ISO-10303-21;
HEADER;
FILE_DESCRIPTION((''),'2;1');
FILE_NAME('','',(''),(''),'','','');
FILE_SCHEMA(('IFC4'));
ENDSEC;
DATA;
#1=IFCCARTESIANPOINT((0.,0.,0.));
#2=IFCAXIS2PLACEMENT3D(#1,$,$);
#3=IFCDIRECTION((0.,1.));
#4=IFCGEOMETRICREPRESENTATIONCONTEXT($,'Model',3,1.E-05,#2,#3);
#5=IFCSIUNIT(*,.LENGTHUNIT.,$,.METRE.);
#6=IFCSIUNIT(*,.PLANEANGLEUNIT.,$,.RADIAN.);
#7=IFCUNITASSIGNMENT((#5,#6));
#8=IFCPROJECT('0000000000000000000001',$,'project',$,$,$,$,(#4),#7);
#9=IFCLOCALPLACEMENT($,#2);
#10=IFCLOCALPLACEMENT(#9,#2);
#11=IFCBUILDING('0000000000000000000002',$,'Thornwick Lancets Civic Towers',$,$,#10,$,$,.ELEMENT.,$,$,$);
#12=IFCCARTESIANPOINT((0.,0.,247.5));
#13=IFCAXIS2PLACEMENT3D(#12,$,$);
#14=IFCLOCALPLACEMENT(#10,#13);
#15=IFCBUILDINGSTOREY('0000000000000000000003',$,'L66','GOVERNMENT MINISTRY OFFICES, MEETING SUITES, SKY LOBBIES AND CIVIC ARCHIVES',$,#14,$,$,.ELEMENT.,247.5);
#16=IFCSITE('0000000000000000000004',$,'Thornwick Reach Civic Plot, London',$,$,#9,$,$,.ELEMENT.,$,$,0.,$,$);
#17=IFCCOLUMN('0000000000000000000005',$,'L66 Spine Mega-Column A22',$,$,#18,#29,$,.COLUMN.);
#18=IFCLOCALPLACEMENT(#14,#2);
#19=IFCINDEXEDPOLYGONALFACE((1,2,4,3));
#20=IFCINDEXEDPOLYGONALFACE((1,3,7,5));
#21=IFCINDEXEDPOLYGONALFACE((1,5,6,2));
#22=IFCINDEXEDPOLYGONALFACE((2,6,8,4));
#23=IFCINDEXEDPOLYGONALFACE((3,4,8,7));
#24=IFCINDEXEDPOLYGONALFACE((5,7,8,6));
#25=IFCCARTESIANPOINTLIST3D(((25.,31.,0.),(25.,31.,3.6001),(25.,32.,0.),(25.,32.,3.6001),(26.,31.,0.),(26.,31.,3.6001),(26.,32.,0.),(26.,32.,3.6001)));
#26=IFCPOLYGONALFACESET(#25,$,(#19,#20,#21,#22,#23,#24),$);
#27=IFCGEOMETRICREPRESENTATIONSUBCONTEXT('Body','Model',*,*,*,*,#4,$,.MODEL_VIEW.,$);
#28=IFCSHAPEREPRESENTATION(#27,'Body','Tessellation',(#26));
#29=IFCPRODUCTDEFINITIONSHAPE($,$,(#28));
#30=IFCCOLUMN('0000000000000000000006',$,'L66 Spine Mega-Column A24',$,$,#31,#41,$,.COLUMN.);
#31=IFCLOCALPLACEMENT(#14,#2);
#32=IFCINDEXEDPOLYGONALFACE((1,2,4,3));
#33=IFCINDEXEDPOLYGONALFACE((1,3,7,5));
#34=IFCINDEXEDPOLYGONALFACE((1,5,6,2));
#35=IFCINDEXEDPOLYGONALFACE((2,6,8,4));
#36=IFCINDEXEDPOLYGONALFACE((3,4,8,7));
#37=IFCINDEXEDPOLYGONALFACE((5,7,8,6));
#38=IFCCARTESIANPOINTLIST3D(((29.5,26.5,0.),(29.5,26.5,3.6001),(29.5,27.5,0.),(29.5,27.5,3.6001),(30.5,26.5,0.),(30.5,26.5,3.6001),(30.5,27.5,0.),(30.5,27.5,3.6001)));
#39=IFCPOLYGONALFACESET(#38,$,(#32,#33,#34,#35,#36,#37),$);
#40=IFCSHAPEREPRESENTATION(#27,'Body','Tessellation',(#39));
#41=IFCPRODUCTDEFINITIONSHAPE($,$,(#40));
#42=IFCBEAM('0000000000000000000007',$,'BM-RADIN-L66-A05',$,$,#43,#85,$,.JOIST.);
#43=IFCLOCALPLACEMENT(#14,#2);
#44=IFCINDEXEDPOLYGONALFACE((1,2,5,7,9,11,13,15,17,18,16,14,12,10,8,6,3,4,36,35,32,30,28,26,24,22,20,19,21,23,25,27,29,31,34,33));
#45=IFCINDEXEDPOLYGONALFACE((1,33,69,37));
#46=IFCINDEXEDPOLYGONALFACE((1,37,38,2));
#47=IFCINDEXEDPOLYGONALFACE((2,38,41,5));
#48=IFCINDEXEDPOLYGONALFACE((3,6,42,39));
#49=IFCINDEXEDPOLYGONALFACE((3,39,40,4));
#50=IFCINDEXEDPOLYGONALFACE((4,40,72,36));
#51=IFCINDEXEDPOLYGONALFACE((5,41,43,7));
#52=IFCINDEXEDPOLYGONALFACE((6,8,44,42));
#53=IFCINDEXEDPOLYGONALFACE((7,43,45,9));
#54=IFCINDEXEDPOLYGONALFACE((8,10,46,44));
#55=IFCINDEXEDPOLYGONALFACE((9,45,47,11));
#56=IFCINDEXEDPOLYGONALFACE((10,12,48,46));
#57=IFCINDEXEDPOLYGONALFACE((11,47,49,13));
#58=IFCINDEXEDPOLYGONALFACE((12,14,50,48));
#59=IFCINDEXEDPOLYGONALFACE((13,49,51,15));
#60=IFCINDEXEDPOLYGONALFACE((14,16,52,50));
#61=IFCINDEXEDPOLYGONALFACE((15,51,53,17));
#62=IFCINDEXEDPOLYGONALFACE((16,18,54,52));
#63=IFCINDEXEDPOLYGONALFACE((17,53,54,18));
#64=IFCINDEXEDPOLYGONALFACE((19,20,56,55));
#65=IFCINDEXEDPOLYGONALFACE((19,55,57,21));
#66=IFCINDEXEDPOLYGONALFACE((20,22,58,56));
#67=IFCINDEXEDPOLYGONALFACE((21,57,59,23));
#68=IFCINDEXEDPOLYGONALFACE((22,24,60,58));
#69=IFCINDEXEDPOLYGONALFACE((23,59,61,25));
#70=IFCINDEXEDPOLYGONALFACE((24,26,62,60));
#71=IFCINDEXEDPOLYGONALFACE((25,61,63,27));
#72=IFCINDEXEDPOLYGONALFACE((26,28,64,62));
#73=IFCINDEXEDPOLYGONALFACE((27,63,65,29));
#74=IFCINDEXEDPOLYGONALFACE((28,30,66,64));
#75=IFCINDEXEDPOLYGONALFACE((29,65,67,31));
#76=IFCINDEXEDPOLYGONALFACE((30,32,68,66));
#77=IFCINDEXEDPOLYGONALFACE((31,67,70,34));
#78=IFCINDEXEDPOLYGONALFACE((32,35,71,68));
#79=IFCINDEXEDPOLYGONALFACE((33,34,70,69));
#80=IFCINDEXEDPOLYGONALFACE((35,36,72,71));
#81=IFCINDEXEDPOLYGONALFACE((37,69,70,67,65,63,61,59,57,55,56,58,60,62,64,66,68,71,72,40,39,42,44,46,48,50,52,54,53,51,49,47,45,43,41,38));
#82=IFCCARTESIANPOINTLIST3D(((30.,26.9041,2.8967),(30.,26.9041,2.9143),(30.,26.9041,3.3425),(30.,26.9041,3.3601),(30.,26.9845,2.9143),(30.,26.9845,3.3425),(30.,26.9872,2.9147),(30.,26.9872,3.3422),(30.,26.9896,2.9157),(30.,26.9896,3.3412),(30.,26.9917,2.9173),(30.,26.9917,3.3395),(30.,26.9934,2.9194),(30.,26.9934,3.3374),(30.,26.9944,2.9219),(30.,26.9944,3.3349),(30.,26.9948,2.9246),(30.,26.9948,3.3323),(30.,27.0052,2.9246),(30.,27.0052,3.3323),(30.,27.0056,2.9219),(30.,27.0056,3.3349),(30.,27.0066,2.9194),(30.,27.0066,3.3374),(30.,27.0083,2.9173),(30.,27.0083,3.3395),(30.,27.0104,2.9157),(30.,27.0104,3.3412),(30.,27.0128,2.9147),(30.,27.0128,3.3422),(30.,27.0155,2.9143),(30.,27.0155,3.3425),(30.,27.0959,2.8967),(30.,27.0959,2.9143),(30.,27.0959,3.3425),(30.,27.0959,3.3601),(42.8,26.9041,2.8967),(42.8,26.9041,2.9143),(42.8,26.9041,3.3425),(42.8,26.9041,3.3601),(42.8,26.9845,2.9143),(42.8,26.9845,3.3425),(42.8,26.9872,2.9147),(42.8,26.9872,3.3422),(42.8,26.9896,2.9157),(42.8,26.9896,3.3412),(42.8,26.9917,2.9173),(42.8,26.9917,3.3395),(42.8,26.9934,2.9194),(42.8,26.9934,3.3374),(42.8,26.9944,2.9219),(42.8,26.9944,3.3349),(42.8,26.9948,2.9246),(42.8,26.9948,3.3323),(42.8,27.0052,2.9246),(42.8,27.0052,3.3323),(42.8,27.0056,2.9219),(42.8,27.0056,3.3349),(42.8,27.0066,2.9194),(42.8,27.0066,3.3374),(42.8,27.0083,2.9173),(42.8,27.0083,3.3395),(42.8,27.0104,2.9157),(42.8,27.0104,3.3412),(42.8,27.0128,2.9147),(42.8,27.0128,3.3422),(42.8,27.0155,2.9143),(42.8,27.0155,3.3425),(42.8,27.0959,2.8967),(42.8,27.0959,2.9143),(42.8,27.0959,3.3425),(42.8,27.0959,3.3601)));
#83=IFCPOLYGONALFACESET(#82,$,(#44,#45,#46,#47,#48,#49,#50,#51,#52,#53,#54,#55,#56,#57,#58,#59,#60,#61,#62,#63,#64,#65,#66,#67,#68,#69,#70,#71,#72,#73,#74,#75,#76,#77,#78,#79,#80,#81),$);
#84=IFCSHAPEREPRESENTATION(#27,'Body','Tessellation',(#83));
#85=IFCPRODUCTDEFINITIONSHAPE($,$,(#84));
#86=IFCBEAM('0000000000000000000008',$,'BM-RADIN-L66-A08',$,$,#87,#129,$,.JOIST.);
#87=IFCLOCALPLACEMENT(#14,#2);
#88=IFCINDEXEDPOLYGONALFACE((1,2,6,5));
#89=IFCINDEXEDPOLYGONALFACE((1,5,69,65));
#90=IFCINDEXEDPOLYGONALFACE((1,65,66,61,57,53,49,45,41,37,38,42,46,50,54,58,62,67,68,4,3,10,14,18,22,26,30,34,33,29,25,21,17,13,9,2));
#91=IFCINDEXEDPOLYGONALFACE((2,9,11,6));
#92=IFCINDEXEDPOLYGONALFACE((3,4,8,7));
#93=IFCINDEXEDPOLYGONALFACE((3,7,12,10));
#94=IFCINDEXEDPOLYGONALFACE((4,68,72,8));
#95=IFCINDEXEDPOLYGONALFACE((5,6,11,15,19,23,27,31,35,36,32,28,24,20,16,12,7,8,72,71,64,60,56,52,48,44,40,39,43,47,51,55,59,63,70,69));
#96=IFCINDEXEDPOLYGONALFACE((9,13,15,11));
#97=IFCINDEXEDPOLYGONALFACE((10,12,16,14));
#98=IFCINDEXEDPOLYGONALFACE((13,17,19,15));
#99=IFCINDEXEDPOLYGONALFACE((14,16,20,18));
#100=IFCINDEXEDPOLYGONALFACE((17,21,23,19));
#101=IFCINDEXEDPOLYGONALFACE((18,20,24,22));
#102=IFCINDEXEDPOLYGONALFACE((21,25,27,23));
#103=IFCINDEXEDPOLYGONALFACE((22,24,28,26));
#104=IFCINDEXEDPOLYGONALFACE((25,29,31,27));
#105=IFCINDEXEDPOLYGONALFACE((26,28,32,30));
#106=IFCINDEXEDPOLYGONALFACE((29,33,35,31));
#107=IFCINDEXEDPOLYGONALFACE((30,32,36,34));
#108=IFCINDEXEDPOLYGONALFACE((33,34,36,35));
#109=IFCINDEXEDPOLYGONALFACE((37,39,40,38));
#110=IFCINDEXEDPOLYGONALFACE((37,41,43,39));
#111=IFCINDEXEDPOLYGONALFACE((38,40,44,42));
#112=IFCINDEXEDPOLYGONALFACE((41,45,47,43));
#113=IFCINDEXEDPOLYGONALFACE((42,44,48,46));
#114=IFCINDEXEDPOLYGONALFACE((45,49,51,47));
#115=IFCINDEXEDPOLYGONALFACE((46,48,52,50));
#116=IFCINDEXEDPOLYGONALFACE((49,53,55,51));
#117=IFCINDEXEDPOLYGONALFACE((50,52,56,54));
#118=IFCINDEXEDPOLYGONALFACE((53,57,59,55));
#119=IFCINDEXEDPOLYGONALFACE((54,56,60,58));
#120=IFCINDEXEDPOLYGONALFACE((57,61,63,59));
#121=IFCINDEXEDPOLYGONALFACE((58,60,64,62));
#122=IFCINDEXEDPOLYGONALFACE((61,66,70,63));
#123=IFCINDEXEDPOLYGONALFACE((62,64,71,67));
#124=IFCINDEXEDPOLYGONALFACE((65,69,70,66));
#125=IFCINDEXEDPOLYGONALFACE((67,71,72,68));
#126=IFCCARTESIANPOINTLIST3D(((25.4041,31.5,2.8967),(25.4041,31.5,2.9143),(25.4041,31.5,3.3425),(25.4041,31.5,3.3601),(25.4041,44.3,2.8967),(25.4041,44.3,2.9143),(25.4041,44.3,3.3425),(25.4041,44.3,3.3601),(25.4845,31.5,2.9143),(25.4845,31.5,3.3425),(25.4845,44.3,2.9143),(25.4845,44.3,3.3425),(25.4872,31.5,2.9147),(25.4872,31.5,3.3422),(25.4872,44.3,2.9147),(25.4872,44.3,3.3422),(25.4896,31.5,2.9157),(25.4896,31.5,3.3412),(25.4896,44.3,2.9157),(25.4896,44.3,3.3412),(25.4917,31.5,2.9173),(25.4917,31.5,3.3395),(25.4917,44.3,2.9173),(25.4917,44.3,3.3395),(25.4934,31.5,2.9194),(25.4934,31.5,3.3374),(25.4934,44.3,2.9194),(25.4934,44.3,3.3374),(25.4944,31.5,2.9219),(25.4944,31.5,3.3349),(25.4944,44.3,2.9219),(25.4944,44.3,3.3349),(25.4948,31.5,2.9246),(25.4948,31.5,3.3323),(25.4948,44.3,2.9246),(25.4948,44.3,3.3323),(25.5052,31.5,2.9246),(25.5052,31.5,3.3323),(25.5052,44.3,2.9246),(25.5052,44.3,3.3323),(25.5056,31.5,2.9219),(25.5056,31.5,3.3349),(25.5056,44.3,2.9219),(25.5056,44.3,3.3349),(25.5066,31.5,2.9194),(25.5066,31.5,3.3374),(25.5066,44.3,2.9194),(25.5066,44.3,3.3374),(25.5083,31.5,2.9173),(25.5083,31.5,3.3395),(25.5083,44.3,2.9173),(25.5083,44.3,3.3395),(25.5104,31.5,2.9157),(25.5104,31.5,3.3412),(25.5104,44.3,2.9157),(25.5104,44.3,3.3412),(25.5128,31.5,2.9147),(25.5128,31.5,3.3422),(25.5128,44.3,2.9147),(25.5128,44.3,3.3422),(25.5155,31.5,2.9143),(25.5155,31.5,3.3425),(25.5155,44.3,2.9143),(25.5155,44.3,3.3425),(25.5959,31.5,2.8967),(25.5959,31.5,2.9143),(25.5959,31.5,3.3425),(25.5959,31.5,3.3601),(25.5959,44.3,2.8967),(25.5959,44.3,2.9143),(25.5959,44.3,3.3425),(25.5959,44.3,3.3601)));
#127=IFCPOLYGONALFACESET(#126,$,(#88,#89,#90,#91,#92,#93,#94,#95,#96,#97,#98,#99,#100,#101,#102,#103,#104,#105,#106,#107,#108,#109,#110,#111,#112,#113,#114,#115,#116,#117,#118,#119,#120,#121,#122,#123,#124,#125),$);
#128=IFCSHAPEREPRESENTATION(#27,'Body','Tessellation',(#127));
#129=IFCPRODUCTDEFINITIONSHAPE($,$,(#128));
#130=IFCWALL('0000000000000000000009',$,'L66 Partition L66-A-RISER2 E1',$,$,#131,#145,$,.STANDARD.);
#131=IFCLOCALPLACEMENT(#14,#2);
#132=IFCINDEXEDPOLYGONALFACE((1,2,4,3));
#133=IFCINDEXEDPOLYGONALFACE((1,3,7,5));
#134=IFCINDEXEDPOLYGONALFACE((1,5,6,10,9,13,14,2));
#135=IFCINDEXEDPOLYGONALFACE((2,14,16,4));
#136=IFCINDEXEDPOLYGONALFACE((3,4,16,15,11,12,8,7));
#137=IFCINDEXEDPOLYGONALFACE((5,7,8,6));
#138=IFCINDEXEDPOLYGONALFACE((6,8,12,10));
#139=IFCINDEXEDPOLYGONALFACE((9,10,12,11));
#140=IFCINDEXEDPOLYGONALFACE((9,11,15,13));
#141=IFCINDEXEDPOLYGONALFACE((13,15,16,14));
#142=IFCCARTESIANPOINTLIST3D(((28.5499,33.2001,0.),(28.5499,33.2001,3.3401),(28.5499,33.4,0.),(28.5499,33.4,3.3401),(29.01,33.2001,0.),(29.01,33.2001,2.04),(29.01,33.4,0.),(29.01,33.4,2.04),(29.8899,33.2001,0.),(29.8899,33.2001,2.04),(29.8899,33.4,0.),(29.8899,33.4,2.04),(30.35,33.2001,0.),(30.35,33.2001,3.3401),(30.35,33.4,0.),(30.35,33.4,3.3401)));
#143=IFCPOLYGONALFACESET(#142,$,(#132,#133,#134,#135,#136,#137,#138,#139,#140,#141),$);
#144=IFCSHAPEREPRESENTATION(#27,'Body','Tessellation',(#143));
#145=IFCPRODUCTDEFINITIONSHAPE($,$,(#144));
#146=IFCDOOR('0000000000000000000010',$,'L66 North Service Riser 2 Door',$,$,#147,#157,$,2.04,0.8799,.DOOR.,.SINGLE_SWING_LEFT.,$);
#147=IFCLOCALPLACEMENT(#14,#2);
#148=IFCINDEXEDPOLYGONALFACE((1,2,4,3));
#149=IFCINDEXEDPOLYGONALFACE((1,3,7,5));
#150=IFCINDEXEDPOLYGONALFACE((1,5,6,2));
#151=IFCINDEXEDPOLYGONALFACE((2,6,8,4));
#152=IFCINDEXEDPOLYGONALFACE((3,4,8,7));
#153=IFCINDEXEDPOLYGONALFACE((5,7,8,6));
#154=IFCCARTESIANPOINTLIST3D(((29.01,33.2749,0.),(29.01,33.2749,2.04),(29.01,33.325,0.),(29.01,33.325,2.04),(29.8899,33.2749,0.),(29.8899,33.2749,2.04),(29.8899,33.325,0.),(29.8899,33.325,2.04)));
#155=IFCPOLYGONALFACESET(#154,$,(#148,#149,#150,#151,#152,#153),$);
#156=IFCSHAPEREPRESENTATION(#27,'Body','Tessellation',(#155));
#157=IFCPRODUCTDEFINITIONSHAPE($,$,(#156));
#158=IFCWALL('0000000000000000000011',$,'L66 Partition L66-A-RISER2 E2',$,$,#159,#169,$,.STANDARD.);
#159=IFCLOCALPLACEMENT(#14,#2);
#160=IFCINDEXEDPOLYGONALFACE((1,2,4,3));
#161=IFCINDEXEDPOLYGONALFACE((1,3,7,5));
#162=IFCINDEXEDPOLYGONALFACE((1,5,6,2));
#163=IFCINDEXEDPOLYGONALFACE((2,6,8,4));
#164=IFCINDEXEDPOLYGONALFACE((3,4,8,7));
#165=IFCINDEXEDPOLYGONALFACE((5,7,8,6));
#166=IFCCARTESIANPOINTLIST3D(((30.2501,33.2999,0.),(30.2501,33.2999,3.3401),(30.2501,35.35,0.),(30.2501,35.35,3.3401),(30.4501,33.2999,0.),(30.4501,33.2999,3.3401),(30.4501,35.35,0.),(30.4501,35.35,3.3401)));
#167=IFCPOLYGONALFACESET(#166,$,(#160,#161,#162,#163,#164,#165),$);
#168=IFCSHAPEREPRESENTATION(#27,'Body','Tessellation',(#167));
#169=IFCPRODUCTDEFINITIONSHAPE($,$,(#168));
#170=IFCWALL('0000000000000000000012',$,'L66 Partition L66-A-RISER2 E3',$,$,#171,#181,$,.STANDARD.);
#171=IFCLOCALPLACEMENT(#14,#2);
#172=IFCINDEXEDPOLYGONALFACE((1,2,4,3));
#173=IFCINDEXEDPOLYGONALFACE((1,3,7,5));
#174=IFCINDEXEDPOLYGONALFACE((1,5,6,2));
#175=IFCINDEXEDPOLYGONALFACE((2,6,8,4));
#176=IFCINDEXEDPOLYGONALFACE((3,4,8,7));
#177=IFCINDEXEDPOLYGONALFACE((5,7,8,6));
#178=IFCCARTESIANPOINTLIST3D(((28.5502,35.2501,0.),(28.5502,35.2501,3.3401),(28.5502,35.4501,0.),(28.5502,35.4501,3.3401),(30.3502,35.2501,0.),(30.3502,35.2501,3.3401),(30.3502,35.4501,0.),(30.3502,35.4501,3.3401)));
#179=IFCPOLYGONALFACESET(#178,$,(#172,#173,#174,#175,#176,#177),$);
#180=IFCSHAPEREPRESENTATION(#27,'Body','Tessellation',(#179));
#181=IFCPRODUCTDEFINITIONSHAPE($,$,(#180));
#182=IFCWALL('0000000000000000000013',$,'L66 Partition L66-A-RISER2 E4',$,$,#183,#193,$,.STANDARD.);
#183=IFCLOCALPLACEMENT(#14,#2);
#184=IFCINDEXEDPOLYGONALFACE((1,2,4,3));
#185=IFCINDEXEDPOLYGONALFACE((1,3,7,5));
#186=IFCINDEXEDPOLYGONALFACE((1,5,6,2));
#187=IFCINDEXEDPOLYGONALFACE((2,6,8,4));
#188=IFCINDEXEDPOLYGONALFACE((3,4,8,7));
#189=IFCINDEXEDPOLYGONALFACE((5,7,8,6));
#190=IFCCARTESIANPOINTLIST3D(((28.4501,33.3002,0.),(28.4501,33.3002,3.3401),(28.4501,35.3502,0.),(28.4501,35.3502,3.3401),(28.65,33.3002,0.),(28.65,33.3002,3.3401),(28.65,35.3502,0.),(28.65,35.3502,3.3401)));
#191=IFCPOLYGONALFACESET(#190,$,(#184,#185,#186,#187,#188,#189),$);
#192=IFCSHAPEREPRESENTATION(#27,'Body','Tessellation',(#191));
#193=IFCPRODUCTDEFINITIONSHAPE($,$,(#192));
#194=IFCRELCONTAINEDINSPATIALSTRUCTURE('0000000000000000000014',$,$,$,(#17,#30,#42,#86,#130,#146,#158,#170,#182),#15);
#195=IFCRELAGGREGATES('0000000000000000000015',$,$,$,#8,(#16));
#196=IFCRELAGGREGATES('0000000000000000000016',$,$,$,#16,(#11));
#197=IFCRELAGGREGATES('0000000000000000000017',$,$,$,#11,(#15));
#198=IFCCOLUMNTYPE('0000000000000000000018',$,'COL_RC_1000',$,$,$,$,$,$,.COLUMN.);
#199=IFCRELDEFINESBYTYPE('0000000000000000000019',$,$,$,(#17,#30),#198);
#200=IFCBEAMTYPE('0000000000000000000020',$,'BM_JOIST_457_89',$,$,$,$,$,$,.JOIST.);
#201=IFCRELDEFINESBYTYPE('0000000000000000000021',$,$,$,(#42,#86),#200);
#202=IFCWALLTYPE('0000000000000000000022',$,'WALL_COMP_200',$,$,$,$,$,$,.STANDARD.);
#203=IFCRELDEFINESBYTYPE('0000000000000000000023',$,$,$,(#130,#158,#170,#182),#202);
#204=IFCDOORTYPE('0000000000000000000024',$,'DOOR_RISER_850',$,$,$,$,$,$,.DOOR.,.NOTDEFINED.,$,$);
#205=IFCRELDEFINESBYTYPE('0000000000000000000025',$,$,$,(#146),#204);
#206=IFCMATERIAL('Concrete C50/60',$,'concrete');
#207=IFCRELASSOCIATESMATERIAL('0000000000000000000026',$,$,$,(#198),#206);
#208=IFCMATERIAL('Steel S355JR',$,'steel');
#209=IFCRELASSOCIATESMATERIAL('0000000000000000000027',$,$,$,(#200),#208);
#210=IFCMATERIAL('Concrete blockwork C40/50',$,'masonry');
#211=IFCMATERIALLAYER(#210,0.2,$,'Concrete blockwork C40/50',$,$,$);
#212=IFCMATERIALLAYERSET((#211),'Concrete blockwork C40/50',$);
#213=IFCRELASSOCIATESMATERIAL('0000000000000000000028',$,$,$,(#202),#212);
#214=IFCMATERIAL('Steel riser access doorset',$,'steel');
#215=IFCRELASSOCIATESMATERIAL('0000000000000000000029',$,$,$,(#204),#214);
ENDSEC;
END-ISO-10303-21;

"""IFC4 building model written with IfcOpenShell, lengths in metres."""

from ifc_helpers import new_model, si_unit, direction, frame, frame_2d, origin, origin_2d, place, context, subcontext, project, spatial, rectangle, i_section, extrude, material, layer, layer_set, material_profile, profile_set, type_object, element, fill, save


model = new_model("IFC4")

# Units and contexts
model_context = context("Model", 3, precision=1e-05, world=origin(), true_north=direction((0.0, 1.0)))
body_context = subcontext(model_context, "Body", "Model", "MODEL_VIEW")
ifc_project = project(units=[si_unit("LENGTHUNIT", "METRE"), si_unit("PLANEANGLEUNIT", "RADIAN")], contexts=[model_context])

# Site, building, storey
site_placement = place(None, origin())
site = spatial("IfcSite", under=ifc_project, at=site_placement, Name="Thornwick Reach Civic Plot, London", CompositionType="ELEMENT", RefElevation=0.0)
building_placement = place(site_placement, origin())
building = spatial("IfcBuilding", under=site, at=building_placement, Name="Thornwick Lancets Civic Towers", CompositionType="ELEMENT")
storey_placement = place(building_placement, frame((0.0, 0.0, 247.5)))
storey = spatial("IfcBuildingStorey", under=building, at=storey_placement, Name="L66", Description="GOVERNMENT MINISTRY OFFICES, MEETING SUITES, SKY LOBBIES AND CIVIC ARCHIVES", CompositionType="ELEMENT", Elevation=247.5)

# Columns
ifc_material_1 = material(Name="Concrete C50/60", Category="concrete")
ifc_material_profile_1 = material_profile(ifc_material_1, rectangle(XDim=1.0, YDim=1.0, at=origin_2d()), Name="RC 1000x1000")
ifc_profile_set_1 = profile_set([ifc_material_profile_1], Name="Concrete C50/60")
column_type = type_object("IfcColumnType", Name="COL_RC_1000", PredefinedType="COLUMN", material=ifc_profile_set_1)
for number, where, z_axis, x_axis, name in (
    (1, (25.5, 31.5, 0.0), (0.0, 0.0, 1.0), (1.0, 0.0, 0.0), "L66 Spine Mega-Column A22"),
    (2, (30.0, 27.0, 0.0), (0.0, 0.0, 1.0), (1.0, 0.0, 0.0), "L66 Spine Mega-Column A24"),
):
    element("IfcColumn", number, at=place(storey_placement, frame(where, z_axis=z_axis, x_axis=x_axis)), inside=storey, type_object=column_type, Name=name, PredefinedType="COLUMN", context=body_context, shape_type="SweptSolid", body=[
        extrude(rectangle(XDim=1.0, YDim=1.0, at=origin_2d()), origin(), (0.0, 0.0, 1.0), 3.6001),
    ])

# Beams
ifc_material_2 = material(Name="Steel S355JR", Category="steel")
ifc_material_profile_2 = material_profile(ifc_material_2, i_section(OverallWidth=0.1919, OverallDepth=0.4634, WebThickness=0.0105, FlangeThickness=0.0176, FilletRadius=0.0103, at=origin_2d()), Name="UKB 457x191x89")
ifc_profile_set_2 = profile_set([ifc_material_profile_2], Name="Steel S355JR")
beam_type = type_object("IfcBeamType", Name="BM_JOIST_457_89", PredefinedType="JOIST", material=ifc_profile_set_2)
for number, where, z_axis, x_axis, name in (
    (3, (30.0, 27.0, 3.1284), (1.0, 0.0, 0.0), (0.0, 1.0, 0.0), "BM-RADIN-L66-A05"),
    (4, (25.5, 31.5, 3.1284), (0.0, 1.0, 0.0), (-1.0, 0.0, 0.0), "BM-RADIN-L66-A08"),
):
    element("IfcBeam", number, at=place(storey_placement, frame(where, z_axis=z_axis, x_axis=x_axis)), inside=storey, type_object=beam_type, Name=name, PredefinedType="JOIST", context=body_context, shape_type="SweptSolid", body=[
        extrude(i_section(OverallWidth=0.1919, OverallDepth=0.4634, WebThickness=0.0105, FlangeThickness=0.0176, FilletRadius=0.0103, at=origin_2d()), origin(), (0.0, 0.0, 1.0), 12.8),
    ])

# Wall, opening, door
ifc_material_3 = material(Name="Concrete blockwork C40/50", Category="masonry")
ifc_layer_1 = layer(ifc_material_3, 0.2, Name="Concrete blockwork C40/50")
ifc_layer_set_1 = layer_set([ifc_layer_1], Name="Concrete blockwork C40/50")
wall_type_1 = type_object("IfcWallType", Name="WALL_COMP_200", PredefinedType="STANDARD", material=ifc_layer_set_1)
wall_1_placement = place(storey_placement, frame((28.55, 33.3, 0.0), z_axis=(0.0, 0.0, 1.0), x_axis=(1.0, 0.0, 0.0)))
wall_1 = element("IfcWall", 5, at=wall_1_placement, inside=storey, type_object=wall_type_1, Name="L66 Partition L66-A-RISER2 E1", PredefinedType="STANDARD", context=body_context, shape_type="SweptSolid", body=[
    extrude(rectangle(XDim=1.8, YDim=0.2, at=frame_2d((0.8999, 0.0))), origin(), (0.0, 0.0, 1.0), 3.3401),
])
opening_1_placement = place(wall_1_placement, frame((0.46, 0.0, 0.0)))
opening_1 = element("IfcOpeningElement", 6, at=opening_1_placement, cuts=wall_1, PredefinedType="OPENING", context=body_context, shape_type="SweptSolid", body=[
    extrude(rectangle(XDim=0.8799, YDim=2.04, at=frame_2d((0.4399, 1.02))), frame((0.0, 0.1099, 0.0), z_axis=(0.0, -1.0, 0.0), x_axis=(1.0, 0.0, 0.0)), (0.0, 0.0, 1.0), 0.22),
])
ifc_material_4 = material(Name="Steel riser access doorset", Category="steel")
door_type_1 = type_object("IfcDoorType", Name="DOOR_RISER_850", OperationType="NOTDEFINED", PredefinedType="DOOR", material=ifc_material_4)
door_1_placement = place(opening_1_placement, origin())
door_1 = element("IfcDoor", 7, at=door_1_placement, inside=storey, type_object=door_type_1, Name="L66 North Service Riser 2 Door", OperationType="SINGLE_SWING_LEFT", OverallHeight=2.04, OverallWidth=0.8799, PredefinedType="DOOR", context=body_context, shape_type="SweptSolid", body=[
    extrude(rectangle(XDim=0.8799, YDim=2.04, at=frame_2d((0.4399, 1.02))), frame((0.0, 0.0249, 0.0), z_axis=(0.0, -1.0, 0.0), x_axis=(1.0, 0.0, 0.0)), (0.0, 0.0, 1.0), 0.05),
])
fill(opening_1, door_1)

# Walls
wall_2_placement = place(storey_placement, frame((30.3501, 33.3, 0.0), z_axis=(0.0, 0.0, 1.0), x_axis=(0.0, 1.0, 0.0)))
element("IfcWall", 8, at=wall_2_placement, inside=storey, type_object=wall_type_1, Name="L66 Partition L66-A-RISER2 E2", PredefinedType="STANDARD", context=body_context, shape_type="SweptSolid", body=[
    extrude(rectangle(XDim=2.05, YDim=0.2, at=frame_2d((1.0249, 0.0))), origin(), (0.0, 0.0, 1.0), 3.3401),
])
wall_3_placement = place(storey_placement, frame((30.3501, 35.3501, 0.0), z_axis=(0.0, 0.0, 1.0), x_axis=(-1.0, 0.0, 0.0)))
element("IfcWall", 9, at=wall_3_placement, inside=storey, type_object=wall_type_1, Name="L66 Partition L66-A-RISER2 E3", PredefinedType="STANDARD", context=body_context, shape_type="SweptSolid", body=[
    extrude(rectangle(XDim=1.8, YDim=0.2, at=frame_2d((0.8999, 0.0))), origin(), (0.0, 0.0, 1.0), 3.3401),
])
wall_4_placement = place(storey_placement, frame((28.55, 35.3501, 0.0), z_axis=(0.0, 0.0, 1.0), x_axis=(0.0, -1.0, 0.0)))
element("IfcWall", 10, at=wall_4_placement, inside=storey, type_object=wall_type_1, Name="L66 Partition L66-A-RISER2 E4", PredefinedType="STANDARD", context=body_context, shape_type="SweptSolid", body=[
    extrude(rectangle(XDim=2.05, YDim=0.2, at=frame_2d((1.0249, 0.0))), origin(), (0.0, 0.0, 1.0), 3.3401),
])

save(model, "model.ifc")
